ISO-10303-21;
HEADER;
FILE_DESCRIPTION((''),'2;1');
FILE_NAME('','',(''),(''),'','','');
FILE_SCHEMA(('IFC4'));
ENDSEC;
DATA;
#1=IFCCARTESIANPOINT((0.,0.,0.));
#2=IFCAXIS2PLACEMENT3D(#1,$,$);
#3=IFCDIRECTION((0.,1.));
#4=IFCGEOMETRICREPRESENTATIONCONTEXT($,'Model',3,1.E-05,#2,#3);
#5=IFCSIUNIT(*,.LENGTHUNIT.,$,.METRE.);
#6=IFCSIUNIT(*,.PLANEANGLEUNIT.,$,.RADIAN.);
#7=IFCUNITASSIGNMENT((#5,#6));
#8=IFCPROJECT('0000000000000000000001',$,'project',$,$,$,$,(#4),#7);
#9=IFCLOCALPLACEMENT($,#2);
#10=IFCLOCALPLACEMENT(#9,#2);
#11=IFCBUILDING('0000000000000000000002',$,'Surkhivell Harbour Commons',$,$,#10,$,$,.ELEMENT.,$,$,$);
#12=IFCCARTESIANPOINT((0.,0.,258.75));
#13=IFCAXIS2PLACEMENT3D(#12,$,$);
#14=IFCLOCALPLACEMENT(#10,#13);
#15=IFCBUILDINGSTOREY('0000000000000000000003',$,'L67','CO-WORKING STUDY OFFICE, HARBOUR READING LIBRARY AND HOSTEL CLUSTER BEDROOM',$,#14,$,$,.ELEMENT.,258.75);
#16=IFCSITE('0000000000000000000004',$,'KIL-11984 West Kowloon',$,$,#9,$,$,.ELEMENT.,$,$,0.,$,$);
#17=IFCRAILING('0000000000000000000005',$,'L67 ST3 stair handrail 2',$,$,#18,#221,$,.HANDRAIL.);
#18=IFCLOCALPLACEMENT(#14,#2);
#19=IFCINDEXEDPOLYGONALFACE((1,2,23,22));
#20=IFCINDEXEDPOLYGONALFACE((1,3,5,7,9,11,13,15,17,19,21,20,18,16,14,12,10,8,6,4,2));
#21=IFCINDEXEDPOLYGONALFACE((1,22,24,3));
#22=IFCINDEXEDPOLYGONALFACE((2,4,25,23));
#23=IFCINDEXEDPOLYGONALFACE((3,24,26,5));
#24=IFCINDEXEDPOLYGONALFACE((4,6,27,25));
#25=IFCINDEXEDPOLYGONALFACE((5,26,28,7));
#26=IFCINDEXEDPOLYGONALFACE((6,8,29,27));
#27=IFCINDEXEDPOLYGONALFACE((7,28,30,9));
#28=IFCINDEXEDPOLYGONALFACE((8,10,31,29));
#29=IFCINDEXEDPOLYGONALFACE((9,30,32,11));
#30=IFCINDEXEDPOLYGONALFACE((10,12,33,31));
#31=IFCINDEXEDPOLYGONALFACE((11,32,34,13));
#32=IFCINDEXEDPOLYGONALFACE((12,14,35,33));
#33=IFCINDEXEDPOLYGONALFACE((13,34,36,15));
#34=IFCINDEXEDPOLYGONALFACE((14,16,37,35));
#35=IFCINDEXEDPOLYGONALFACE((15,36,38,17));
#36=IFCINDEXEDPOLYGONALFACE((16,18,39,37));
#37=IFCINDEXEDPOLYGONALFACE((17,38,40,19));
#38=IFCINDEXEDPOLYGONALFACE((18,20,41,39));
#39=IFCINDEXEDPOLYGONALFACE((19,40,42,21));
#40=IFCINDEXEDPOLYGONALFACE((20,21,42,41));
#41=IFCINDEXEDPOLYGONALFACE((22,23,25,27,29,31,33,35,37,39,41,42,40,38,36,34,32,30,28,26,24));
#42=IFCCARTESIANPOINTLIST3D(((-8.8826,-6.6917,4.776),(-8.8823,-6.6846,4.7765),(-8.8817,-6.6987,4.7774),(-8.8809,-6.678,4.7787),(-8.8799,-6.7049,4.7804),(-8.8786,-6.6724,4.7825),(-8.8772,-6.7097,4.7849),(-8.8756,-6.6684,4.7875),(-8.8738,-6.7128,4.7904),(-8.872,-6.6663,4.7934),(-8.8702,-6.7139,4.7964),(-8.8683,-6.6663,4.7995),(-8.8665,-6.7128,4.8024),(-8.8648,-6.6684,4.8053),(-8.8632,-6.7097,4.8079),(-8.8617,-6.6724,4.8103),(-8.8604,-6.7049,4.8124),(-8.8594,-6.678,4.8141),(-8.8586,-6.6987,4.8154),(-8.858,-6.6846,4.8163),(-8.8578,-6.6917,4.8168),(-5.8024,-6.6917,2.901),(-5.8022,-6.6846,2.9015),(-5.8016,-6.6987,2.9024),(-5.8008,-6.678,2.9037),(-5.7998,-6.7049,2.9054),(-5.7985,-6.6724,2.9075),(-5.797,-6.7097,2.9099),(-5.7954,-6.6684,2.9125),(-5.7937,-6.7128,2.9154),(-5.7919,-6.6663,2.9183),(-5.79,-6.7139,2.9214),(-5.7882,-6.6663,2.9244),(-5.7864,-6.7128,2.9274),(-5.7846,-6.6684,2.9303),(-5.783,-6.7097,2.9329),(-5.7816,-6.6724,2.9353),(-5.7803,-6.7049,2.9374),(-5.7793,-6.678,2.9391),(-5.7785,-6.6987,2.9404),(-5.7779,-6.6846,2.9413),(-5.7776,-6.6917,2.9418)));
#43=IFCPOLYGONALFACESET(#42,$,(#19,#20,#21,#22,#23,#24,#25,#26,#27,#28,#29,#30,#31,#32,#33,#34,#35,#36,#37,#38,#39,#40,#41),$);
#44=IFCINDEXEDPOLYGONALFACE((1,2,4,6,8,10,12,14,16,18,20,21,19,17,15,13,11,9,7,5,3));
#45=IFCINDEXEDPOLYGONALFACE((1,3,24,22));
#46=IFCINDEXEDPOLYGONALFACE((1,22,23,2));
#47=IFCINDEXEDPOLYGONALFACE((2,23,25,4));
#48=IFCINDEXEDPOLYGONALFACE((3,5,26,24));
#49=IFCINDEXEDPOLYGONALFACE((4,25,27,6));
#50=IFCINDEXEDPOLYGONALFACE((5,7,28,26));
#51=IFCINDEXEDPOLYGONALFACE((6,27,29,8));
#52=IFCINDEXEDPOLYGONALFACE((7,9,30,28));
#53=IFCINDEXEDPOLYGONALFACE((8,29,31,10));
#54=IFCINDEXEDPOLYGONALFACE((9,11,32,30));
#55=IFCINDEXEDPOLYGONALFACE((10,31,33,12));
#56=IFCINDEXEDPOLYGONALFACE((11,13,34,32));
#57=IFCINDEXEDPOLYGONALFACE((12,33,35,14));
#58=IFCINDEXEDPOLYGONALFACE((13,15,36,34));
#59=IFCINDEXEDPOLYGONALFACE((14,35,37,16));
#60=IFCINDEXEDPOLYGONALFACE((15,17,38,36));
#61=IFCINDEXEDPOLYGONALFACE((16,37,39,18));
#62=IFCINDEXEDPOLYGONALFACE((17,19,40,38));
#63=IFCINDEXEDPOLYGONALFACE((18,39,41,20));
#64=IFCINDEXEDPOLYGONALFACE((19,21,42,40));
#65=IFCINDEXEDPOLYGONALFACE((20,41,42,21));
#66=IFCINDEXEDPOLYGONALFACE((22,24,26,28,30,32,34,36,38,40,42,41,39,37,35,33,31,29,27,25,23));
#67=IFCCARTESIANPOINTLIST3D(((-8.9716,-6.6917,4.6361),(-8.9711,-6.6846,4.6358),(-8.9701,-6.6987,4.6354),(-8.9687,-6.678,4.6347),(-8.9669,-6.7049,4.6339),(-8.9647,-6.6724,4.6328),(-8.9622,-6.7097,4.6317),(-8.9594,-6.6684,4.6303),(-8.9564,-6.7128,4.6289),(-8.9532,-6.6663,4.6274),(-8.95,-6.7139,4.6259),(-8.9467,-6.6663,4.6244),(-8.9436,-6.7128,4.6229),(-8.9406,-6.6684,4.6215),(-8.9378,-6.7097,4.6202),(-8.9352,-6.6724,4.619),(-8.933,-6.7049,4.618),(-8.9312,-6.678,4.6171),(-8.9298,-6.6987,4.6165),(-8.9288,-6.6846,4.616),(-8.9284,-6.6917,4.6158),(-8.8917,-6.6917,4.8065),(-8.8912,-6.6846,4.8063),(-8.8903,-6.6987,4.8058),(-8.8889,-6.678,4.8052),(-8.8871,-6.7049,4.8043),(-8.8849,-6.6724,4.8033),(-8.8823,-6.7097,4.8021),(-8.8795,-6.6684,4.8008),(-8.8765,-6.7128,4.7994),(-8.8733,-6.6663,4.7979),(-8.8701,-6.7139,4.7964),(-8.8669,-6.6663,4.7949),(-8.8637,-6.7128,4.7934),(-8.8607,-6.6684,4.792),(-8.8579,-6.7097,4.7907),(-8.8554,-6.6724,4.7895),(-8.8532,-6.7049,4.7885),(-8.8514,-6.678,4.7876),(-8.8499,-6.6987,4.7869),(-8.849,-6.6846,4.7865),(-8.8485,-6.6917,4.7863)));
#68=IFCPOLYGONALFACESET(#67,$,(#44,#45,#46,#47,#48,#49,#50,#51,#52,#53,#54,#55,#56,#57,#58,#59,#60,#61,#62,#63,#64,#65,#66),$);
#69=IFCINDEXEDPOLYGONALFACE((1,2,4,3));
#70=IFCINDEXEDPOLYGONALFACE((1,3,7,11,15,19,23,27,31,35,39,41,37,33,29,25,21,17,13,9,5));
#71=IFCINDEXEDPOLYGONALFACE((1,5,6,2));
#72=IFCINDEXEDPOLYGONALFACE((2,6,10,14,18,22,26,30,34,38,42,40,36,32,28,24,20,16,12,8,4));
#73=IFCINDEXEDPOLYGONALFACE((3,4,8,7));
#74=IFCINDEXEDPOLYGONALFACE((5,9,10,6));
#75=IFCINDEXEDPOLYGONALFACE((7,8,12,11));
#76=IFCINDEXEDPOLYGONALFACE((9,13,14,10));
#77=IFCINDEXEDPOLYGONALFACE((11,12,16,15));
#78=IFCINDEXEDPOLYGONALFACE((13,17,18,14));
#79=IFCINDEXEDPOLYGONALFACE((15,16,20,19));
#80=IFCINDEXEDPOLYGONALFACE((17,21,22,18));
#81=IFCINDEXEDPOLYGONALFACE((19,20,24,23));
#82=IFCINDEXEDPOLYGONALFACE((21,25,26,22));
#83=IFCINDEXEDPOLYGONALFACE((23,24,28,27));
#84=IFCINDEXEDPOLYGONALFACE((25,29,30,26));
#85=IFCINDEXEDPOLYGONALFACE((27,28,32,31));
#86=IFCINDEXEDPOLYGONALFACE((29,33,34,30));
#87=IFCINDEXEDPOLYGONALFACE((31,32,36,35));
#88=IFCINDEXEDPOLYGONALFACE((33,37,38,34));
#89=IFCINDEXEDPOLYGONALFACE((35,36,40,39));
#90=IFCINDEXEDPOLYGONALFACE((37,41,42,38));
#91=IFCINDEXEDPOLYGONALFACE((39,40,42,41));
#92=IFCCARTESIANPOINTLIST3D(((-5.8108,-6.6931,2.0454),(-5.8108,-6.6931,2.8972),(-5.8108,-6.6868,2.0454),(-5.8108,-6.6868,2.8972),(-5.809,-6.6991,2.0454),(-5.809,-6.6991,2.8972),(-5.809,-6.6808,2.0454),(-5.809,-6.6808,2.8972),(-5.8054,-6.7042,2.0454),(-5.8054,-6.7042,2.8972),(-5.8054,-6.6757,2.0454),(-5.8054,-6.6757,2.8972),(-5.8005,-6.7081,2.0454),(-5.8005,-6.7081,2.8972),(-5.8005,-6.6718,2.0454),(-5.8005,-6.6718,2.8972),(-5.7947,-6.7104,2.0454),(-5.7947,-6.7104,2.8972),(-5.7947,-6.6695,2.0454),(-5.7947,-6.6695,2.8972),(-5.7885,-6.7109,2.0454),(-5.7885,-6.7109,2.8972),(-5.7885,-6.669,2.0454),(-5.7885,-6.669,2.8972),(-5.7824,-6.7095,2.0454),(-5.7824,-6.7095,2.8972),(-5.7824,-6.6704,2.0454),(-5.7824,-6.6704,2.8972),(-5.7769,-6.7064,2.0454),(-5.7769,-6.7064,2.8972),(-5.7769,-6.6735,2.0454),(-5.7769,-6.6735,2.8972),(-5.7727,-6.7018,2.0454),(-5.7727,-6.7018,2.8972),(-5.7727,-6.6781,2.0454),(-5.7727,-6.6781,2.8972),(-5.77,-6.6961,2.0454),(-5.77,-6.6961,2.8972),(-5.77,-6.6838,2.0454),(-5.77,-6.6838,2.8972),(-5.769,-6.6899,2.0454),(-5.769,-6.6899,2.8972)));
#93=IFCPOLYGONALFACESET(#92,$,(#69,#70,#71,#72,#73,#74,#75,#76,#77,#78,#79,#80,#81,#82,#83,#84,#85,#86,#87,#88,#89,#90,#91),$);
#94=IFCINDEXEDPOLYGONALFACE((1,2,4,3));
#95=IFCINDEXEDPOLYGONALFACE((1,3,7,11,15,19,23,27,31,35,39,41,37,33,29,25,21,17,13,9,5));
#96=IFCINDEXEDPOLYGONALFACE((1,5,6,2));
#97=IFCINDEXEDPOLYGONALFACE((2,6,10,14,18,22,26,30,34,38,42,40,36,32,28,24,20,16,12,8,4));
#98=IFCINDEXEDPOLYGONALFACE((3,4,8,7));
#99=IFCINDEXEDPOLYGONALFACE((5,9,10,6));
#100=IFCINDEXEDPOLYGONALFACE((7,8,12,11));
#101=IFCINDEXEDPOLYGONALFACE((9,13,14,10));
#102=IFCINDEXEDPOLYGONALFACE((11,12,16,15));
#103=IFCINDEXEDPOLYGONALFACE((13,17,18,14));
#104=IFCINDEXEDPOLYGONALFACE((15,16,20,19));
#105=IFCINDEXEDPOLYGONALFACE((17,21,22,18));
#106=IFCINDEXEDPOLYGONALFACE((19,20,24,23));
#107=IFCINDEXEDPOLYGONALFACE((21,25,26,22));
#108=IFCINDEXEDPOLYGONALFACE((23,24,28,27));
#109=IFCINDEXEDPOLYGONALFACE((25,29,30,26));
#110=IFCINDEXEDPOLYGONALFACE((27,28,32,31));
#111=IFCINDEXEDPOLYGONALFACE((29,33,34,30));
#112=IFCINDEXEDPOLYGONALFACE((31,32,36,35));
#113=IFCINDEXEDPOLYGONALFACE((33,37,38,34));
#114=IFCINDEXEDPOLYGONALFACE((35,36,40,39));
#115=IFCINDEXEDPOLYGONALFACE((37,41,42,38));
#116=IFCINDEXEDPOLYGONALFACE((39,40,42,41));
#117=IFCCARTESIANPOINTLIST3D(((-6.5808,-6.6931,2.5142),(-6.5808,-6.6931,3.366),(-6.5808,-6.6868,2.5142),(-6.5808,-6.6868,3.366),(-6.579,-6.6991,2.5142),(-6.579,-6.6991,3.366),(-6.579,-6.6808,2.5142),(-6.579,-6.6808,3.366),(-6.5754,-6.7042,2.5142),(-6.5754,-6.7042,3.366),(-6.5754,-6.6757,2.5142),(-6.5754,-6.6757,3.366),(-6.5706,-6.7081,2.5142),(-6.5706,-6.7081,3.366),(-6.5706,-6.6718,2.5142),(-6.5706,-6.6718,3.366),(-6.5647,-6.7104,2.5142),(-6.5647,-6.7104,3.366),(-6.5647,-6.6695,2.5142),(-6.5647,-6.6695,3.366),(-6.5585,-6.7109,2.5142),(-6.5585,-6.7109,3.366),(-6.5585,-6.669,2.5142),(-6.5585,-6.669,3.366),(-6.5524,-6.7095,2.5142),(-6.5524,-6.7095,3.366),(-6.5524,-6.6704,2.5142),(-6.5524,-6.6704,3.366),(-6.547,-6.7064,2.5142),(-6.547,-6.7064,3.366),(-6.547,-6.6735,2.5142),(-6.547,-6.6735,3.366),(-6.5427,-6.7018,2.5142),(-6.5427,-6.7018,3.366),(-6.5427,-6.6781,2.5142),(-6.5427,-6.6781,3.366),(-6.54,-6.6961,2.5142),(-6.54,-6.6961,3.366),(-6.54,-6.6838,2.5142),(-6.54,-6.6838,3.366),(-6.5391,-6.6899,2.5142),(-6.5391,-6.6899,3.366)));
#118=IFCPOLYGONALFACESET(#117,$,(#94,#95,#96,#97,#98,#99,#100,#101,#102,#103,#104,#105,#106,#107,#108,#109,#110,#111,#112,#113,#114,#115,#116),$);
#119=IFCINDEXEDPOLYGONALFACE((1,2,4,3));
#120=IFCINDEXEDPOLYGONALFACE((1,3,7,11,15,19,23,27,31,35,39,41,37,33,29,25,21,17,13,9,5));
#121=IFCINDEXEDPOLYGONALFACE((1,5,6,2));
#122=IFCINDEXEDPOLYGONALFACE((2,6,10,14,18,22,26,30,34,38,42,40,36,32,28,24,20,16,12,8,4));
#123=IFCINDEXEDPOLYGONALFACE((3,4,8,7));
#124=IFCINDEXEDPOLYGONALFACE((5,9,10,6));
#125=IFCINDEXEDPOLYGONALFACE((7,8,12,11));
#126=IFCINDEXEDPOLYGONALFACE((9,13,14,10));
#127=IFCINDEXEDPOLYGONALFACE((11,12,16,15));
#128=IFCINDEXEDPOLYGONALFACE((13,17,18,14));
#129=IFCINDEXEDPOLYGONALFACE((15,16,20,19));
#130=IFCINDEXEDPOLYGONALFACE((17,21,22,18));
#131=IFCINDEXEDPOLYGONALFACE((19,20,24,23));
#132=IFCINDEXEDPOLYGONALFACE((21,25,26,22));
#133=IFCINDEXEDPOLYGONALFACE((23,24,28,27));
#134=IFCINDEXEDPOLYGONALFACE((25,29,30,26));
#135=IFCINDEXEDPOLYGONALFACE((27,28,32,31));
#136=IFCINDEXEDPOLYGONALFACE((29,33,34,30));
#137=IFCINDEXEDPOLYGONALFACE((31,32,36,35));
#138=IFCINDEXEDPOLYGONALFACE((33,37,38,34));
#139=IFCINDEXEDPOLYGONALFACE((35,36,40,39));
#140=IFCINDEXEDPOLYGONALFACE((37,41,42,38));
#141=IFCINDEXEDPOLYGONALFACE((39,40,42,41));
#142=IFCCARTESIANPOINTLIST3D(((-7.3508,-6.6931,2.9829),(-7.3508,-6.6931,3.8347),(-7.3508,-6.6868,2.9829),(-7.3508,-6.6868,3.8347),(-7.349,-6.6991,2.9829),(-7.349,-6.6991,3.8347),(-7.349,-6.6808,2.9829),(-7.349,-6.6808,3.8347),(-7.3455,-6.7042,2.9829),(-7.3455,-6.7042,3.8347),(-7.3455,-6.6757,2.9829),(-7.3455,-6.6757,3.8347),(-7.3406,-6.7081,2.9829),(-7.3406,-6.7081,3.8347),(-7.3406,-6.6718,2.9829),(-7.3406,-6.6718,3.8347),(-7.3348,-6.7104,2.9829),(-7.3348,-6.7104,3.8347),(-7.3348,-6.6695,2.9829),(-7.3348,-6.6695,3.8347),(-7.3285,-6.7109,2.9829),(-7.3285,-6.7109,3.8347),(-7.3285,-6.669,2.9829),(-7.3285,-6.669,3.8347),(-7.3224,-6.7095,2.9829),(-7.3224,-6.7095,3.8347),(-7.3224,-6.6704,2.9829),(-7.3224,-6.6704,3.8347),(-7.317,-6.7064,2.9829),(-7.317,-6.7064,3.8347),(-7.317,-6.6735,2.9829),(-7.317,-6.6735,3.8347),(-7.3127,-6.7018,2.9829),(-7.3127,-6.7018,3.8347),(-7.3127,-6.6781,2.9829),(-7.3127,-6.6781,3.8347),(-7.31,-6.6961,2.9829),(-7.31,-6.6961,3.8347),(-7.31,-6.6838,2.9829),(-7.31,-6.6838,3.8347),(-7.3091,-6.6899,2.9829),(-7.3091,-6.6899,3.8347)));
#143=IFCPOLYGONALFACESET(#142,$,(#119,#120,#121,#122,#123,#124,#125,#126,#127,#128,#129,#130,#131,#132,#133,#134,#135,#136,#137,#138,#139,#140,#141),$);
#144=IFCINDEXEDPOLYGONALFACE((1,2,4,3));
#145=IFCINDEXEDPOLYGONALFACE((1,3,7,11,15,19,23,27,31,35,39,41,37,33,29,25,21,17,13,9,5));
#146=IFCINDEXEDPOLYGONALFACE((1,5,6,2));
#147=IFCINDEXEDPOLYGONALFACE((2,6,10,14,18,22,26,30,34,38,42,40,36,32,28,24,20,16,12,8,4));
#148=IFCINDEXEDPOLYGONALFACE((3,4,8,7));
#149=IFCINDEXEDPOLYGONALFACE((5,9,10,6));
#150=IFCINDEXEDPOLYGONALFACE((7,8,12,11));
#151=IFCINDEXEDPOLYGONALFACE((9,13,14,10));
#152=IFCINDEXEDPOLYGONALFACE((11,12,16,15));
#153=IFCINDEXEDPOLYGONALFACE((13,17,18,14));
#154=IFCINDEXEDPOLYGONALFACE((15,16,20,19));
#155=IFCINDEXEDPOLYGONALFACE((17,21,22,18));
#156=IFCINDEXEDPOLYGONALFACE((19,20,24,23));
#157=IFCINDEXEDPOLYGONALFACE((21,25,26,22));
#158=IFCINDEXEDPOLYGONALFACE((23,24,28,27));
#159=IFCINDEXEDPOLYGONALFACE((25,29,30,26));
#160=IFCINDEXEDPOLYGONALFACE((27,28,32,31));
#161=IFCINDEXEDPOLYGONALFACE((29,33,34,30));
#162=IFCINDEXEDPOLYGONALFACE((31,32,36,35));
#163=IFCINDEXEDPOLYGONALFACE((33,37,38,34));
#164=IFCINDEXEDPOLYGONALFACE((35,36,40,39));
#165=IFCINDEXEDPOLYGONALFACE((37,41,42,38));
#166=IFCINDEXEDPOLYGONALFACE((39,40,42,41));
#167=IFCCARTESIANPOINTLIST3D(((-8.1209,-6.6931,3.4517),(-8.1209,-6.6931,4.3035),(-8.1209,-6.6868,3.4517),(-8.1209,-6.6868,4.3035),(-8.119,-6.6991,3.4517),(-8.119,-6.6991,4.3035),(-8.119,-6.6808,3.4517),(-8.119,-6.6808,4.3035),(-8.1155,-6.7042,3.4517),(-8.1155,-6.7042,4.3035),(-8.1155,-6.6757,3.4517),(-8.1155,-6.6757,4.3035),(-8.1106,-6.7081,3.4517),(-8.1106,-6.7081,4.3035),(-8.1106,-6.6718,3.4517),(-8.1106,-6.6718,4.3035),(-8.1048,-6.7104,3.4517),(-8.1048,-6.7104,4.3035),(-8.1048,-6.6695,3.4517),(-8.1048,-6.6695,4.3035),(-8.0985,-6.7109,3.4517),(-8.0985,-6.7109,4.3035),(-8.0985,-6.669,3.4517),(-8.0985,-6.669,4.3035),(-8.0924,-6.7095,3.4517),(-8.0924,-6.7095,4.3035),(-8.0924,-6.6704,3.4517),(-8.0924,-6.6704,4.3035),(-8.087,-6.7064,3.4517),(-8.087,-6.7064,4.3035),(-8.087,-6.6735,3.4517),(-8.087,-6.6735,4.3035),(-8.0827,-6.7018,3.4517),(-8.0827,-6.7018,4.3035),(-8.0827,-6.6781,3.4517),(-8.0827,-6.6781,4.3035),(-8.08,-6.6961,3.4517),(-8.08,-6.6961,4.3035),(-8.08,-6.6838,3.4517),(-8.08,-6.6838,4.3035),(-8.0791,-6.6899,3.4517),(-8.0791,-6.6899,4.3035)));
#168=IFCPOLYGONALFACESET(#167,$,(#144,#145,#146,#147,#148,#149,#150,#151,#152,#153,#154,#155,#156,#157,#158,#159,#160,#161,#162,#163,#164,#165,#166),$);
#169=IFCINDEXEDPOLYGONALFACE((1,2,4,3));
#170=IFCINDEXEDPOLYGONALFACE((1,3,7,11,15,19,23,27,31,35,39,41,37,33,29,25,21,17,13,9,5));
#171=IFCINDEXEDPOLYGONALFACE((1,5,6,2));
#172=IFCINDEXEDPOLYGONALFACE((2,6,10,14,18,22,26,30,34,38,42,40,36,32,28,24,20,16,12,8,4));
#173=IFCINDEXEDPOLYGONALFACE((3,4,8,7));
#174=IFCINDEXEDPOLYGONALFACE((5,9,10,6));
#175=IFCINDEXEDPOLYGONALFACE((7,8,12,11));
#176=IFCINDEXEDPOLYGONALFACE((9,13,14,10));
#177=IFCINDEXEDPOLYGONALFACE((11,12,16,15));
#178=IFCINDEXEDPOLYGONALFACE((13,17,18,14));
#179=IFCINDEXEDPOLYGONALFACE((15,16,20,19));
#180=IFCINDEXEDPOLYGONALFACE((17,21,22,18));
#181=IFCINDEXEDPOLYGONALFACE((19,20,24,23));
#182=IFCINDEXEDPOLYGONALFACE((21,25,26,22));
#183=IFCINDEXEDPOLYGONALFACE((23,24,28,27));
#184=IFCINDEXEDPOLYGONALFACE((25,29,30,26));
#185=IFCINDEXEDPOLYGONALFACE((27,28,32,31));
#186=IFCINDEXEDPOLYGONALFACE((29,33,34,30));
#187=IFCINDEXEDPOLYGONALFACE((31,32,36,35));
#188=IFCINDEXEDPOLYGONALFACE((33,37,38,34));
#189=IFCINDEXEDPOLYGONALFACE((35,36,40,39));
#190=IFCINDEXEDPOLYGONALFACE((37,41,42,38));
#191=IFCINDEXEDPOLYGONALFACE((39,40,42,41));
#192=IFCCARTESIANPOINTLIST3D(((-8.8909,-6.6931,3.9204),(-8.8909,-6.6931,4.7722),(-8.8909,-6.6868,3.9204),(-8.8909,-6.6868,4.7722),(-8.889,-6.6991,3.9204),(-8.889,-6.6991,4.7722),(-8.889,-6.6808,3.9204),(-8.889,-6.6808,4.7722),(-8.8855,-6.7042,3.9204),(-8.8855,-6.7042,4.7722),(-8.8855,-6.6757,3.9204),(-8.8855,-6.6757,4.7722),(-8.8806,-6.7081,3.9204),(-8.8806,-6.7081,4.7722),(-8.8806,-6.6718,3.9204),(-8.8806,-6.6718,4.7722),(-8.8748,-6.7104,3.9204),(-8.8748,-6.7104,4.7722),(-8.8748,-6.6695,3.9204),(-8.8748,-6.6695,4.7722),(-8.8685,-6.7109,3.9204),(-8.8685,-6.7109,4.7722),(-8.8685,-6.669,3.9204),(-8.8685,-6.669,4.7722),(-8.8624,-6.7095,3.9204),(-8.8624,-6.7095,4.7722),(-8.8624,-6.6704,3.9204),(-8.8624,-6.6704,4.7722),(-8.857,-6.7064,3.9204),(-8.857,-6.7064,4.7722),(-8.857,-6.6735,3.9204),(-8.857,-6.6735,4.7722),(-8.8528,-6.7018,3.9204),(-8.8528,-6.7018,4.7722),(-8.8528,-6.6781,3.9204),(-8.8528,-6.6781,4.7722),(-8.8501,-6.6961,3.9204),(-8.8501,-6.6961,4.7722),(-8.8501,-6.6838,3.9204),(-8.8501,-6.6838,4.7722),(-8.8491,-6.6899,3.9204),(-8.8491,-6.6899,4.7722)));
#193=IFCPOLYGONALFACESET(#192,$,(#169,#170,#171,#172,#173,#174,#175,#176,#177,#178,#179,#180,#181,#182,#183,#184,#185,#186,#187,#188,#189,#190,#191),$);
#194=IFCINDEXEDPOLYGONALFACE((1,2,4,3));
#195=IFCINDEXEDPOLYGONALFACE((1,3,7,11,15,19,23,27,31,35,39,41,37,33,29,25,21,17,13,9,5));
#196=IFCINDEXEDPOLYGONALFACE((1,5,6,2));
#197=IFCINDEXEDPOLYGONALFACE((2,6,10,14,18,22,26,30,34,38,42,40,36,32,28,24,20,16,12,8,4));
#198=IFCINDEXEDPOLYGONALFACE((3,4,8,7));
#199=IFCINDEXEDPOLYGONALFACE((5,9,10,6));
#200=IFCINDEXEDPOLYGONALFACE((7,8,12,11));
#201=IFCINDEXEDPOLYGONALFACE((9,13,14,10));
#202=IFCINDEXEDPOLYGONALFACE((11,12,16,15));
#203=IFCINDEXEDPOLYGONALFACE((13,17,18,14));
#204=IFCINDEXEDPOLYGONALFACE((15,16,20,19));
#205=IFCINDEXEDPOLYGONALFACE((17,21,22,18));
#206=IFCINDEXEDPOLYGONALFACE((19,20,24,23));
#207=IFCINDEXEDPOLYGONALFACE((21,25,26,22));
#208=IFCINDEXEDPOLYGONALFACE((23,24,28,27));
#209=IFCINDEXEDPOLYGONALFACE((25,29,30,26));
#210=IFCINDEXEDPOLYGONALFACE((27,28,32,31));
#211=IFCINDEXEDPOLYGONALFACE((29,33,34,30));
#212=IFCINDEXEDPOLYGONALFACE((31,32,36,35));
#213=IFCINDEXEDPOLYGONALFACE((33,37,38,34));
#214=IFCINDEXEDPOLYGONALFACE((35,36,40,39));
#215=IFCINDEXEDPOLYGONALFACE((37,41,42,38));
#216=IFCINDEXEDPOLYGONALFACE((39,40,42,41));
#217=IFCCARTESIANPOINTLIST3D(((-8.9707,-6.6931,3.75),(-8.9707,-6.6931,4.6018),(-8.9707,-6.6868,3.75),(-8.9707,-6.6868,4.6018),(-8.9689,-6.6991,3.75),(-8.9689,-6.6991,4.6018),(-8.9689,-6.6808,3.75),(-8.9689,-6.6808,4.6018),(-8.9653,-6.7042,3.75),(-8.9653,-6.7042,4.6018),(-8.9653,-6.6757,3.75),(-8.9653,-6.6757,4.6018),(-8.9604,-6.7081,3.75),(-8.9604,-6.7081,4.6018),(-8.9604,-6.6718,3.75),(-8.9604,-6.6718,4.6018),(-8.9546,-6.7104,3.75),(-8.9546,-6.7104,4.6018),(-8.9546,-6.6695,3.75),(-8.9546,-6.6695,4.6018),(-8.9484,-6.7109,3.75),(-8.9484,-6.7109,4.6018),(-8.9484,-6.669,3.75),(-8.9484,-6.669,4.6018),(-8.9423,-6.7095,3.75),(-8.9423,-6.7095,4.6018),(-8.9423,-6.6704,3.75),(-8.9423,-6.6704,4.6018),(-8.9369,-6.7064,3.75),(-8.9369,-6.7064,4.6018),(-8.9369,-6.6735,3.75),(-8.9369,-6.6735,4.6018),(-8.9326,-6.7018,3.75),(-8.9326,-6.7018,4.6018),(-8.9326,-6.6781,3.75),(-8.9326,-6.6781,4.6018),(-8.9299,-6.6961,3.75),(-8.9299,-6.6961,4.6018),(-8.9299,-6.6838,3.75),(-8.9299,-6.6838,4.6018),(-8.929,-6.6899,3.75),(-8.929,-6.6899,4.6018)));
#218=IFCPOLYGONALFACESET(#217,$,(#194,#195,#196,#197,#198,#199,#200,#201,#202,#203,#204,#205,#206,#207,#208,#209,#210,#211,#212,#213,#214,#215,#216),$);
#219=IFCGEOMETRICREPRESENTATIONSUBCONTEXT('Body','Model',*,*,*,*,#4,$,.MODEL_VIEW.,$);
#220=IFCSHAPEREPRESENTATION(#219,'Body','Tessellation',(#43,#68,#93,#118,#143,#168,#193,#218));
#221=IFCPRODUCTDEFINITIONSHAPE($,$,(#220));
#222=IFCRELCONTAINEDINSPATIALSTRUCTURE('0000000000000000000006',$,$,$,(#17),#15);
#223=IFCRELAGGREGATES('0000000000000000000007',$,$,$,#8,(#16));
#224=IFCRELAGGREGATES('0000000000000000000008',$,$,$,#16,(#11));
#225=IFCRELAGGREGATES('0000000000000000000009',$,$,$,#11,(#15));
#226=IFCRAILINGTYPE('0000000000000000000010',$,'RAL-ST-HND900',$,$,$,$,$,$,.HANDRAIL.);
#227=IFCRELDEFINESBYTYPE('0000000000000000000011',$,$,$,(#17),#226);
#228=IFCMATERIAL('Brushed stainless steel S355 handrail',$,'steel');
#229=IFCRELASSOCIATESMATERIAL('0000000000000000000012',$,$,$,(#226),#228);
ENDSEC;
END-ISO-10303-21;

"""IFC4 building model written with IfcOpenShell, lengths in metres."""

from ifc_helpers import new_model, si_unit, direction, frame, origin, origin_2d, place, context, subcontext, project, spatial, circle, extrude, material, type_object, element, save


model = new_model("IFC4")

# Units and contexts
model_context = context("Model", 3, precision=1e-05, world=origin(), true_north=direction((0.0, 1.0)))
body_context = subcontext(model_context, "Body", "Model", "MODEL_VIEW")
ifc_project = project(units=[si_unit("LENGTHUNIT", "METRE"), si_unit("PLANEANGLEUNIT", "RADIAN")], contexts=[model_context])

# Site, building, storey
site_placement = place(None, origin())
site = spatial("IfcSite", under=ifc_project, at=site_placement, Name="KIL-11984 West Kowloon", CompositionType="ELEMENT", RefElevation=0.0)
building_placement = place(site_placement, origin())
building = spatial("IfcBuilding", under=site, at=building_placement, Name="Surkhivell Harbour Commons", CompositionType="ELEMENT")
storey_placement = place(building_placement, frame((0.0, 0.0, 258.75)))
storey = spatial("IfcBuildingStorey", under=building, at=storey_placement, Name="L67", Description="CO-WORKING STUDY OFFICE, HARBOUR READING LIBRARY AND HOSTEL CLUSTER BEDROOM", CompositionType="ELEMENT", Elevation=258.75)

# Railing
ifc_material_1 = material(Name="Brushed stainless steel S355 handrail", Category="steel")
railing_type_1 = type_object("IfcRailingType", Name="RAL-ST-HND900", PredefinedType="HANDRAIL", material=ifc_material_1)
railing_1_placement = place(storey_placement, frame((-5.79, -6.6899, 2.0454)))
element("IfcRailing", 1, at=railing_1_placement, inside=storey, type_object=railing_type_1, Name="L67 ST3 stair handrail 2", PredefinedType="HANDRAIL", context=body_context, shape_type="SweptSolid", body=[
    extrude(circle(Radius=0.0239, at=origin_2d()), frame((0.0, 0.0, 0.876), z_axis=(-0.854178, 0.0, 0.519981), x_axis=(0.0, -1.0, 0.0)), (0.0, 0.0, 1.0), 3.606),
    extrude(circle(Radius=0.0239, at=origin_2d()), frame((-3.0801, 0.0, 2.751), z_axis=(-0.424234, 0.0, -0.905552), x_axis=(0.0, -1.0, 0.0)), (0.0, 0.0, 1.0), 0.1882),
    extrude(circle(Radius=0.021, at=origin_2d()), origin(), (0.0, 0.0, 1.0), 0.8518),
    extrude(circle(Radius=0.021, at=origin_2d()), frame((-0.77, 0.0, 0.4688)), (0.0, 0.0, 1.0), 0.8518),
    extrude(circle(Radius=0.021, at=origin_2d()), frame((-1.54, 0.0, 0.9375)), (0.0, 0.0, 1.0), 0.8518),
    extrude(circle(Radius=0.021, at=origin_2d()), frame((-2.3101, 0.0, 1.4062)), (0.0, 0.0, 1.0), 0.8518),
    extrude(circle(Radius=0.021, at=origin_2d()), frame((-3.0801, 0.0, 1.875)), (0.0, 0.0, 1.0), 0.8518),
    extrude(circle(Radius=0.021, at=origin_2d()), frame((-3.1599, 0.0, 1.7046)), (0.0, 0.0, 1.0), 0.8518),
])

save(model, "model.ifc")
